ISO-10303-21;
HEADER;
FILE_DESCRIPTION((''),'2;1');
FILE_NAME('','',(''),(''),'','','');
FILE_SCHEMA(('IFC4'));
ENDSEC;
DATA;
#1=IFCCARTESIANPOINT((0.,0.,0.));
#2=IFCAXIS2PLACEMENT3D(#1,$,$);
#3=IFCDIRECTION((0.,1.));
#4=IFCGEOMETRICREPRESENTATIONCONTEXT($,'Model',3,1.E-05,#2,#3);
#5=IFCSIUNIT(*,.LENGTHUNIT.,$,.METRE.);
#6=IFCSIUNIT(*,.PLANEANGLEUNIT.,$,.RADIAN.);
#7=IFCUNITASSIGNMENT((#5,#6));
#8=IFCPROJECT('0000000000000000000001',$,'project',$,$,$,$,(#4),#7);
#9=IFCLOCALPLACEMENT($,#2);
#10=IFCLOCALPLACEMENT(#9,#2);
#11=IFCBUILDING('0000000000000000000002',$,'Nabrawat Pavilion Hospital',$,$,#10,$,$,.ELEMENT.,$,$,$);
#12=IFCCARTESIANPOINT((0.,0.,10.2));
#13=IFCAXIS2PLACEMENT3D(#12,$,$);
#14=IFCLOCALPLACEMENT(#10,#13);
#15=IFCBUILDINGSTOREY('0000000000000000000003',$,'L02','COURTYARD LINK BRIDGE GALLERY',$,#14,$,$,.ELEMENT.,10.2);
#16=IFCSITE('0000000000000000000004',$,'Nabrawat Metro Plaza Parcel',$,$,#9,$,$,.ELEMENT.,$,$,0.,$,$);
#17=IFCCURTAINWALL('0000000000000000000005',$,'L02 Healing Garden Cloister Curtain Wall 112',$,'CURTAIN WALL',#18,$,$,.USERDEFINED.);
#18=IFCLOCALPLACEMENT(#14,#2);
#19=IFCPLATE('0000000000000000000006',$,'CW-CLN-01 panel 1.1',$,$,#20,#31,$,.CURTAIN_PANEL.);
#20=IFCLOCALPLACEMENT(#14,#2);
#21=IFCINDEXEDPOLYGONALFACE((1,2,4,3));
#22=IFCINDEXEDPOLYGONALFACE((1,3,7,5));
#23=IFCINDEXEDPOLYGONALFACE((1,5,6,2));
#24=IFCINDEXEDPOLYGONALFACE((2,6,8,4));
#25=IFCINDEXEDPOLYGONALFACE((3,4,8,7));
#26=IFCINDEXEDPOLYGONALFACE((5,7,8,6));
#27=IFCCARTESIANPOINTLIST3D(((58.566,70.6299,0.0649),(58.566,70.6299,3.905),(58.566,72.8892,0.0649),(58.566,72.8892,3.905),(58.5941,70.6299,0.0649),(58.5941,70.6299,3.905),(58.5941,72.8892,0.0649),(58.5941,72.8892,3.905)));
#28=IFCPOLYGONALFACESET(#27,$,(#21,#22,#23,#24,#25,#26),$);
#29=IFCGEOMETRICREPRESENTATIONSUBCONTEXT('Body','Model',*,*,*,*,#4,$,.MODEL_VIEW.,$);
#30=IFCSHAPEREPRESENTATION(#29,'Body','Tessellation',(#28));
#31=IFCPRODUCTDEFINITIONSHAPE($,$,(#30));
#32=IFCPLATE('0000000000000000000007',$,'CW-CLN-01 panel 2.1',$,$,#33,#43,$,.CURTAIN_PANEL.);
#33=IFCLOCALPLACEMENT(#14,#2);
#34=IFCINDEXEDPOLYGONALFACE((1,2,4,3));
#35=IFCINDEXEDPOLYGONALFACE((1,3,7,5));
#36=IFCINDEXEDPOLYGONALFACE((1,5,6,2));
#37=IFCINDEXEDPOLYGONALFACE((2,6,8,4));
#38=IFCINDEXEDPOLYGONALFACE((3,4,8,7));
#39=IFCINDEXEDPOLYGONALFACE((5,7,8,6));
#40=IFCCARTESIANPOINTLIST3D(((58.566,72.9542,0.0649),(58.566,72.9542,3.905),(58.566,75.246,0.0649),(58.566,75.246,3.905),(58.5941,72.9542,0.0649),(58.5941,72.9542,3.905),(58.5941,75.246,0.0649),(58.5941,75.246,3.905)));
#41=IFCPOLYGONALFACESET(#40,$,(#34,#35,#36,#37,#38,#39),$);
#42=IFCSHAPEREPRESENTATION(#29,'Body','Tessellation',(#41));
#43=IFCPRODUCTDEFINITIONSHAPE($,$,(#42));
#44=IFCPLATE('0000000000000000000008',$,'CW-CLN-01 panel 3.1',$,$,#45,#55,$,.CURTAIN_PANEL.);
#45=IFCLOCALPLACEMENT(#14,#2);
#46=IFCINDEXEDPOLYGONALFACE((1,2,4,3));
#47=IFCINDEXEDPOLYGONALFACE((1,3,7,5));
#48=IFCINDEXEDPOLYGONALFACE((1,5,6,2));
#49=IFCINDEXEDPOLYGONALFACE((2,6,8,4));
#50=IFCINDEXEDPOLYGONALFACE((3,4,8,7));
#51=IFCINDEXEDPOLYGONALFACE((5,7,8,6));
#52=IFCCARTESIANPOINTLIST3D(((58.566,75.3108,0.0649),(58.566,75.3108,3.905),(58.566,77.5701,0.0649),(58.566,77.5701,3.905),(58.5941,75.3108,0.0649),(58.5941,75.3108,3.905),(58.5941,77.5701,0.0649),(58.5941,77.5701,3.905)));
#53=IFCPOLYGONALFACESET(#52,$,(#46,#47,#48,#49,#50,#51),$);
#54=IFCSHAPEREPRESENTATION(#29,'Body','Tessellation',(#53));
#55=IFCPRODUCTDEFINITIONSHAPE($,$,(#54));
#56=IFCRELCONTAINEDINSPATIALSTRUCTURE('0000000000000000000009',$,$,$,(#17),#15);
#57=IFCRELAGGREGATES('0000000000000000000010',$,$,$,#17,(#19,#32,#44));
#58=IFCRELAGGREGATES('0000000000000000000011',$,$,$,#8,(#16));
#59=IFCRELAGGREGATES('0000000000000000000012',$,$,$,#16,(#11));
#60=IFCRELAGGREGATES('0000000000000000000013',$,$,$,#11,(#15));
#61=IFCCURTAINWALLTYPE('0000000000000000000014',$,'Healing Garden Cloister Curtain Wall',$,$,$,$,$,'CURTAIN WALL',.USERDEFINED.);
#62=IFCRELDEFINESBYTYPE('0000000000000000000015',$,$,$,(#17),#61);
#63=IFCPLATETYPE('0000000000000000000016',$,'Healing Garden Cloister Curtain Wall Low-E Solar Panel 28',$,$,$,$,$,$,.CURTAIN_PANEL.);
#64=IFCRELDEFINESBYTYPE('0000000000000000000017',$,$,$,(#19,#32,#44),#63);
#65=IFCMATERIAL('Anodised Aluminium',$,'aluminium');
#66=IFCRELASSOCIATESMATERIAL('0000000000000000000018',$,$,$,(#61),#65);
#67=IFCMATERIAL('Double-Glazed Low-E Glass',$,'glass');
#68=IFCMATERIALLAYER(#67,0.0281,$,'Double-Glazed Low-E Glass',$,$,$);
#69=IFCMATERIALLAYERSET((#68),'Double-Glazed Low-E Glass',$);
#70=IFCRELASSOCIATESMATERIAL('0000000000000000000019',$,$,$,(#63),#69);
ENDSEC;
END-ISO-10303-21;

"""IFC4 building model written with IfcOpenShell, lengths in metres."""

from ifc_helpers import new_model, si_unit, direction, frame, origin, origin_2d, place, context, subcontext, project, spatial, rectangle, extrude, material, layer, layer_set, type_object, element, aggregate, save


model = new_model("IFC4")

# Units and contexts
model_context = context("Model", 3, precision=1e-05, world=origin(), true_north=direction((0.0, 1.0)))
body_context = subcontext(model_context, "Body", "Model", "MODEL_VIEW")
ifc_project = project(units=[si_unit("LENGTHUNIT", "METRE"), si_unit("PLANEANGLEUNIT", "RADIAN")], contexts=[model_context])

# Site, building, storey
site_placement = place(None, origin())
site = spatial("IfcSite", under=ifc_project, at=site_placement, Name="Nabrawat Metro Plaza Parcel", CompositionType="ELEMENT", RefElevation=0.0)
building_placement = place(site_placement, origin())
building = spatial("IfcBuilding", under=site, at=building_placement, Name="Nabrawat Pavilion Hospital", CompositionType="ELEMENT")
storey_placement = place(building_placement, frame((0.0, 0.0, 10.2)))
storey = spatial("IfcBuildingStorey", under=building, at=storey_placement, Name="L02", Description="COURTYARD LINK BRIDGE GALLERY", CompositionType="ELEMENT", Elevation=10.2)

# Shared definitions
ifc_material_1 = material(Name="Anodised Aluminium", Category="aluminium")
curtain_wall_type = type_object("IfcCurtainWallType", Name="Healing Garden Cloister Curtain Wall", ElementType="CURTAIN WALL", PredefinedType="USERDEFINED", material=ifc_material_1)

# Curtain wall
curtain_wall_1_placement = place(storey_placement, origin())
curtain_wall_1 = element("IfcCurtainWall", 1, at=curtain_wall_1_placement, inside=storey, type_object=curtain_wall_type, Name="L02 Healing Garden Cloister Curtain Wall 112", ObjectType="CURTAIN WALL", PredefinedType="USERDEFINED")

# Plates
ifc_material_2 = material(Name="Double-Glazed Low-E Glass", Category="glass")
ifc_layer = layer(ifc_material_2, 0.0281, Name="Double-Glazed Low-E Glass")
ifc_layer_set = layer_set([ifc_layer], Name="Double-Glazed Low-E Glass")
plate_type = type_object("IfcPlateType", Name="Healing Garden Cloister Curtain Wall Low-E Solar Panel 28", PredefinedType="CURTAIN_PANEL", material=ifc_layer_set)
plate_1_placement = place(storey_placement, frame((58.5801, 71.7595, 0.0649), z_axis=(0.0, 0.0, 1.0), x_axis=(0.0, 1.0, 0.0)))
plate_1 = element("IfcPlate", 2, at=plate_1_placement, type_object=plate_type, Name="CW-CLN-01 panel 1.1", PredefinedType="CURTAIN_PANEL", context=body_context, shape_type="SweptSolid", body=[
    extrude(rectangle(XDim=2.2593, YDim=0.0281, at=origin_2d()), origin(), (0.0, 0.0, 1.0), 3.8401),
])
plate_2_placement = place(storey_placement, frame((58.5801, 74.1001, 0.0649), z_axis=(0.0, 0.0, 1.0), x_axis=(0.0, 1.0, 0.0)))
plate_2 = element("IfcPlate", 3, at=plate_2_placement, type_object=plate_type, Name="CW-CLN-01 panel 2.1", PredefinedType="CURTAIN_PANEL", context=body_context, shape_type="SweptSolid", body=[
    extrude(rectangle(XDim=2.2917, YDim=0.0281, at=origin_2d()), origin(), (0.0, 0.0, 1.0), 3.8401),
])
plate_3_placement = place(storey_placement, frame((58.5801, 76.4404, 0.0649), z_axis=(0.0, 0.0, 1.0), x_axis=(0.0, 1.0, 0.0)))
plate_3 = element("IfcPlate", 4, at=plate_3_placement, type_object=plate_type, Name="CW-CLN-01 panel 3.1", PredefinedType="CURTAIN_PANEL", context=body_context, shape_type="SweptSolid", body=[
    extrude(rectangle(XDim=2.2593, YDim=0.0281, at=origin_2d()), origin(), (0.0, 0.0, 1.0), 3.8401),
])
aggregate(curtain_wall_1, [plate_1, plate_2, plate_3])

save(model, "model.ifc")
